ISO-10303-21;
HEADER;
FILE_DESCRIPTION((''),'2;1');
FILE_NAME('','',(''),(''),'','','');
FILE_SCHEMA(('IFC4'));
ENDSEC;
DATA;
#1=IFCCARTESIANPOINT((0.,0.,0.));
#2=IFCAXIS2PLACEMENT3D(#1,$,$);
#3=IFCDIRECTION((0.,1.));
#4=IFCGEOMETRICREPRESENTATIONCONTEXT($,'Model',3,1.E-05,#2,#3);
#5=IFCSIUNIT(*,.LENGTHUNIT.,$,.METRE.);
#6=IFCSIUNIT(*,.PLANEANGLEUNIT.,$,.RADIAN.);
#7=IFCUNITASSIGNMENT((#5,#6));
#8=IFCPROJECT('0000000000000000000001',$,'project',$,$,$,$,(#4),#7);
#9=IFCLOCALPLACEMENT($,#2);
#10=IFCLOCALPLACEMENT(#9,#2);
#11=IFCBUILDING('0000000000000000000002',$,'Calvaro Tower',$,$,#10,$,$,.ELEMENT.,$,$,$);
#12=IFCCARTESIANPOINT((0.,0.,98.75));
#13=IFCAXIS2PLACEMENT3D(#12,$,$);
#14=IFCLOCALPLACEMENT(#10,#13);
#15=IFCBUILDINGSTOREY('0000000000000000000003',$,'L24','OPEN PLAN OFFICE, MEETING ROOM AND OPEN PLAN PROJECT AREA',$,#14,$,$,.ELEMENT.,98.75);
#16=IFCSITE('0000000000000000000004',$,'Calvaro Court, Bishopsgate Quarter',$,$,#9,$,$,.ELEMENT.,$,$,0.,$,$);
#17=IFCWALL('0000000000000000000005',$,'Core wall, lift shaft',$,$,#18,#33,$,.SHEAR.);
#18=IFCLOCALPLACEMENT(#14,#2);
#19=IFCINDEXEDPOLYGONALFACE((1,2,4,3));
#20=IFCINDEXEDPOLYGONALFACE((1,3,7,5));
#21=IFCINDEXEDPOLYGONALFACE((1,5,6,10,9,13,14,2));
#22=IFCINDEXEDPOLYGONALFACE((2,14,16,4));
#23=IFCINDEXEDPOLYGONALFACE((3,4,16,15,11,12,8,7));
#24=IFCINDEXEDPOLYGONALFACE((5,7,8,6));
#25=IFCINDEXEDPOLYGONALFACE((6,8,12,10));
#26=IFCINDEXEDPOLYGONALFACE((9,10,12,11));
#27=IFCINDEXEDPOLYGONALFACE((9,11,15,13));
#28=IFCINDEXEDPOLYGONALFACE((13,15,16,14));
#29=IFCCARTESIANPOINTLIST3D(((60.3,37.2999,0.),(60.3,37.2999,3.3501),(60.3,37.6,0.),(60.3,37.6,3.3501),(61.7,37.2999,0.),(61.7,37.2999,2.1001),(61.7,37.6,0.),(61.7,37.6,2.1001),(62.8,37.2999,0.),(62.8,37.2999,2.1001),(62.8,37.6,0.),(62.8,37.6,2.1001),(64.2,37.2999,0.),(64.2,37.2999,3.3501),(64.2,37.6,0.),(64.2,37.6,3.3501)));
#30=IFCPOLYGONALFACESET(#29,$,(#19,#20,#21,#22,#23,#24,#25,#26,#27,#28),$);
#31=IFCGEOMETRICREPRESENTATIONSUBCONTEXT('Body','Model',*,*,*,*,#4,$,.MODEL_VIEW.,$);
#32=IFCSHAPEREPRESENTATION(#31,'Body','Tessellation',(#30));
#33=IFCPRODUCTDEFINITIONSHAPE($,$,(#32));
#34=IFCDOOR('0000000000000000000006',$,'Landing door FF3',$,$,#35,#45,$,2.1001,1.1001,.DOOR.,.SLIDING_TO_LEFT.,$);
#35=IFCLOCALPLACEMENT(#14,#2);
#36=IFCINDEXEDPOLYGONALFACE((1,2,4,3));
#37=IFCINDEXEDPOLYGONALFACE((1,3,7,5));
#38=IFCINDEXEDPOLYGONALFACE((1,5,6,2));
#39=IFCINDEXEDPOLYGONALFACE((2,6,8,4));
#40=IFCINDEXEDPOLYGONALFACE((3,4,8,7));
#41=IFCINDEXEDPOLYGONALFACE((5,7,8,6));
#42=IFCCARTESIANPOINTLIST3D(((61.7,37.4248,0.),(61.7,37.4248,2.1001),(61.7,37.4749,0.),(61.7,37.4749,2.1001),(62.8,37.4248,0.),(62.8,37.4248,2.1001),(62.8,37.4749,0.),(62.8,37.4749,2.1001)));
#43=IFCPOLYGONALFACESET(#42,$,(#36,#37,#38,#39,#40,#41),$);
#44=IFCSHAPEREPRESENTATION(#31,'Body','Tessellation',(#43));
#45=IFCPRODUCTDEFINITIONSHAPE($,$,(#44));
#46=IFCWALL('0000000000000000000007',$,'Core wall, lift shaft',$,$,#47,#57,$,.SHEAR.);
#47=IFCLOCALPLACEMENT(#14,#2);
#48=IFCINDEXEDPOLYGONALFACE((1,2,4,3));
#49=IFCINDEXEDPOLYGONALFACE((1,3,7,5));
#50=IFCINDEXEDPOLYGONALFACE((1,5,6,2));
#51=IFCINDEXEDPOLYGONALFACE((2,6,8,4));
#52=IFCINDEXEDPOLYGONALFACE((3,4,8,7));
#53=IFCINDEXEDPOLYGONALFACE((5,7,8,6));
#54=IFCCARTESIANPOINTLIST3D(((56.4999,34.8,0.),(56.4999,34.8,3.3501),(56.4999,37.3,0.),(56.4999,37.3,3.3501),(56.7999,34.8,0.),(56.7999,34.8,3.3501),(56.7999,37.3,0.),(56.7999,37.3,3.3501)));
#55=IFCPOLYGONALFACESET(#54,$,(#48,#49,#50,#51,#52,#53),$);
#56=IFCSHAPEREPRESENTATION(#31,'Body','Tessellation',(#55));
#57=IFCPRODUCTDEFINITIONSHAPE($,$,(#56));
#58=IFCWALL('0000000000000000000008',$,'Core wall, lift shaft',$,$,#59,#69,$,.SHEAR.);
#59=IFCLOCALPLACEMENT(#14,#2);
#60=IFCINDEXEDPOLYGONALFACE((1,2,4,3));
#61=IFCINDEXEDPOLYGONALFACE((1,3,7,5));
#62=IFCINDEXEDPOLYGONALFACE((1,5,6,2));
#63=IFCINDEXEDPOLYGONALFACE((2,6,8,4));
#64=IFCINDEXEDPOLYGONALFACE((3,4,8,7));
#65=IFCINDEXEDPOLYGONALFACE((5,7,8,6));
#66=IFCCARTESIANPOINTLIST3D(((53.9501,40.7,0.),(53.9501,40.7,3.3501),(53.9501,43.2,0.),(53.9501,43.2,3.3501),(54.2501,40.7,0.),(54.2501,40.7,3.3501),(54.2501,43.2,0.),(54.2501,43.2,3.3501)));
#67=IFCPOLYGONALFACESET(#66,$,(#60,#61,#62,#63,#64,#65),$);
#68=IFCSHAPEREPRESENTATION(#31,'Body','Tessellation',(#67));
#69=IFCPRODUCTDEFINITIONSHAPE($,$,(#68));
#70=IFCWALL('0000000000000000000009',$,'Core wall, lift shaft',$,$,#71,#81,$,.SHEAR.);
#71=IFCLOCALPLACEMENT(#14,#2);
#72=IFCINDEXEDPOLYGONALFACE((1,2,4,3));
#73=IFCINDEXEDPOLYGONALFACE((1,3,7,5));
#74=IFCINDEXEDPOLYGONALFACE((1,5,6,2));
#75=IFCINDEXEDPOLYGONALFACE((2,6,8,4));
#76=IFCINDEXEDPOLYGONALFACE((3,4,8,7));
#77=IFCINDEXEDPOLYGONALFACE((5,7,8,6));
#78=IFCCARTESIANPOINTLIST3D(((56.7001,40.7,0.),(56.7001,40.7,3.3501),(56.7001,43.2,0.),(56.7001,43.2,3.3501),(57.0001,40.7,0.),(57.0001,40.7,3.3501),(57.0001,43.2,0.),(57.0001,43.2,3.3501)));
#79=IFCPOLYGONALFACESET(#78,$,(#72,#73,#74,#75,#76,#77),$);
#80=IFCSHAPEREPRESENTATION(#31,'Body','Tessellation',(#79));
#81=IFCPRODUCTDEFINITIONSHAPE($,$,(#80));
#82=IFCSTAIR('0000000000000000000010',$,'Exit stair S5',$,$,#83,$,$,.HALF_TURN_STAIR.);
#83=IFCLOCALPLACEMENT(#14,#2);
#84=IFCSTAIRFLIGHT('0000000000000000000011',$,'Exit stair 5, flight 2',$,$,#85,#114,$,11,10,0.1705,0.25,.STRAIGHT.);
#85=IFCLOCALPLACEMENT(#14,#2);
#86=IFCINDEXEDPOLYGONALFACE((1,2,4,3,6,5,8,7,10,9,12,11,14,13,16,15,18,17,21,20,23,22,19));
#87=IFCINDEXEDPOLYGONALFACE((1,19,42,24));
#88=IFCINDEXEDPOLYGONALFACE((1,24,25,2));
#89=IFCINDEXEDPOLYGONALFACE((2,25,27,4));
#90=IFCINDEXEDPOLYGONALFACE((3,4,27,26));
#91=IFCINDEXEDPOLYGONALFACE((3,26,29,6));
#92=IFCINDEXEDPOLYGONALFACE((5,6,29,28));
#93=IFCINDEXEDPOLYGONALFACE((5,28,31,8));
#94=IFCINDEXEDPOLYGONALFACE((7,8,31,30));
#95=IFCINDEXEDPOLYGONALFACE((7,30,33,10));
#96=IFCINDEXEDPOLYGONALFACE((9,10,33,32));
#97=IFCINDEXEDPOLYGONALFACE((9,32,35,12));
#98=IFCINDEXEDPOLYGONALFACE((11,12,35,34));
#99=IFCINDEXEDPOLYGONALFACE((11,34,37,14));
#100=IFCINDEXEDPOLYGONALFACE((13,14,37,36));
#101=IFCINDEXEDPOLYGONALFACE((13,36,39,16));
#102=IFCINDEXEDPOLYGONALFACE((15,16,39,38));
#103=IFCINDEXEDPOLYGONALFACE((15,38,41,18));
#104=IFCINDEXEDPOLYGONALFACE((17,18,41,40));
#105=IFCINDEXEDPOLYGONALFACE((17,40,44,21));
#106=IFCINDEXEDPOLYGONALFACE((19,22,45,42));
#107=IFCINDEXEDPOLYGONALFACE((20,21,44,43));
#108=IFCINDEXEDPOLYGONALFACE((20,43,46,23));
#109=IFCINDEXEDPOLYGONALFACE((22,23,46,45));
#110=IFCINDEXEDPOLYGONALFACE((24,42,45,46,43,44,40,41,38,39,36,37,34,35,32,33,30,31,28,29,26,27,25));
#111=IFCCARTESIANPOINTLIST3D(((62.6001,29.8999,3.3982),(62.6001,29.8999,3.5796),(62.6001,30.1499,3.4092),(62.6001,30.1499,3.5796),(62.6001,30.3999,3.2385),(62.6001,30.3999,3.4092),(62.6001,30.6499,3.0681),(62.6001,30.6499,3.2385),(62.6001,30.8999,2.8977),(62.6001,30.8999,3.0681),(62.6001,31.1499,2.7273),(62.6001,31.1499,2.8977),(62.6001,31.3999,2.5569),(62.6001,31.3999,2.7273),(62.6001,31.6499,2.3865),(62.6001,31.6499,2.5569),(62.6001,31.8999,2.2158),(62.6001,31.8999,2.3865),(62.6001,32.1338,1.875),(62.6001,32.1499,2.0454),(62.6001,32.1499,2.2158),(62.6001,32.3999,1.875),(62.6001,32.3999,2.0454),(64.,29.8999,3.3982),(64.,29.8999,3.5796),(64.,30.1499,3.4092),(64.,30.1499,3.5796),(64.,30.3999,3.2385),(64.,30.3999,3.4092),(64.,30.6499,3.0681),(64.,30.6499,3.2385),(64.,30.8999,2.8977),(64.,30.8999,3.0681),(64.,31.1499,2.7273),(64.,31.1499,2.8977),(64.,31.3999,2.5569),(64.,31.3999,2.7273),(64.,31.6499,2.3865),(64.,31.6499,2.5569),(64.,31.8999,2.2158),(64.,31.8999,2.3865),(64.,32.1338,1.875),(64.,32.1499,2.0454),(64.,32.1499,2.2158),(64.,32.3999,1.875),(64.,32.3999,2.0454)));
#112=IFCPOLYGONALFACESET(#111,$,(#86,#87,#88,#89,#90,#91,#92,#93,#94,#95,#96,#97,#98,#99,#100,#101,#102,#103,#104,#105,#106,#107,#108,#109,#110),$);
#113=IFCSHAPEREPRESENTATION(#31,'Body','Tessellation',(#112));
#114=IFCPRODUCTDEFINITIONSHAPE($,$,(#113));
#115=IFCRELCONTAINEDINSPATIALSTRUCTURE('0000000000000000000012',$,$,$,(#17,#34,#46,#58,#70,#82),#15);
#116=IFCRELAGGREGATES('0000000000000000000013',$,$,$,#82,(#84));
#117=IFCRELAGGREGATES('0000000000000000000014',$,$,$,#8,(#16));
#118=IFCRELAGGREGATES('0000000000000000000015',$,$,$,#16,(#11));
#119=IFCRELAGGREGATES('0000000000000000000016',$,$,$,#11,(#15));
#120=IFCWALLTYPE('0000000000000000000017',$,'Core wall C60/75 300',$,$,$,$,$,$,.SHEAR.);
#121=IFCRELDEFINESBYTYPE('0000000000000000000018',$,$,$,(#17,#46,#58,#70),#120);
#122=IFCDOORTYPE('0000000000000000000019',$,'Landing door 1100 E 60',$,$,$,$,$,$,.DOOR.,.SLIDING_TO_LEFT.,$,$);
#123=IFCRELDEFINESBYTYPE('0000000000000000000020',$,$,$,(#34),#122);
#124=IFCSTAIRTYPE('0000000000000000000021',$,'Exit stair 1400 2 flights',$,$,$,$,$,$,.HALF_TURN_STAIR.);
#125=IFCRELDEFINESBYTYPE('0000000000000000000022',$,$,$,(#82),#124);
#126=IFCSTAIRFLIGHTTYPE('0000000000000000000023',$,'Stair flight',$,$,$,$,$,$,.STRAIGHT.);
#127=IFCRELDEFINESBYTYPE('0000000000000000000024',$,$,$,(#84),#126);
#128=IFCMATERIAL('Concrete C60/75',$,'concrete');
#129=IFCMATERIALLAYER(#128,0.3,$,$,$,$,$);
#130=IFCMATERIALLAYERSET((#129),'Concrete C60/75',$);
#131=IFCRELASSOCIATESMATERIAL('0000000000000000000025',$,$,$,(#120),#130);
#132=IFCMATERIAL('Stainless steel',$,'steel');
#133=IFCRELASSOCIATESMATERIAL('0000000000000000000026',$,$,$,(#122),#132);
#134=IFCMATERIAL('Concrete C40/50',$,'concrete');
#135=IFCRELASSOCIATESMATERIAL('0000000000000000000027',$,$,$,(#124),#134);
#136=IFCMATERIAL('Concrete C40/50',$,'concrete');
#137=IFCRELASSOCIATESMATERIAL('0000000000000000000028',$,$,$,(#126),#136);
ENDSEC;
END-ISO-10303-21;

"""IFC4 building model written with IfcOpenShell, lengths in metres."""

from ifc_helpers import new_model, si_unit, direction, frame, frame_2d, origin, place, context, subcontext, project, spatial, polyline, rectangle, outline, extrude, material, layer, layer_set, type_object, element, fill, aggregate, save


model = new_model("IFC4")

# Units and contexts
model_context = context("Model", 3, precision=1e-05, world=origin(), true_north=direction((0.0, 1.0)))
body_context = subcontext(model_context, "Body", "Model", "MODEL_VIEW")
ifc_project = project(units=[si_unit("LENGTHUNIT", "METRE"), si_unit("PLANEANGLEUNIT", "RADIAN")], contexts=[model_context])

# Site, building, storey
site_placement = place(None, origin())
site = spatial("IfcSite", under=ifc_project, at=site_placement, Name="Calvaro Court, Bishopsgate Quarter", CompositionType="ELEMENT", RefElevation=0.0)
building_placement = place(site_placement, origin())
building = spatial("IfcBuilding", under=site, at=building_placement, Name="Calvaro Tower", CompositionType="ELEMENT")
storey_placement = place(building_placement, frame((0.0, 0.0, 98.75)))
storey = spatial("IfcBuildingStorey", under=building, at=storey_placement, Name="L24", Description="OPEN PLAN OFFICE, MEETING ROOM AND OPEN PLAN PROJECT AREA", CompositionType="ELEMENT", Elevation=98.75)

# Shared definitions
ifc_material_1 = material(Name="Concrete C60/75", Category="concrete")
ifc_layer_1 = layer(ifc_material_1, 0.3)
ifc_layer_set_1 = layer_set([ifc_layer_1], Name="Concrete C60/75")
wall_type_1 = type_object("IfcWallType", Name="Core wall C60/75 300", PredefinedType="SHEAR", material=ifc_layer_set_1)

# Wall, opening, door
wall_1_placement = place(storey_placement, frame((60.3, 37.45, 0.0), z_axis=(0.0, 0.0, 1.0), x_axis=(1.0, 0.0, 0.0)))
wall_1 = element("IfcWall", 1, at=wall_1_placement, inside=storey, type_object=wall_type_1, Name="Core wall, lift shaft", PredefinedType="SHEAR", context=body_context, shape_type="SweptSolid", body=[
    extrude(rectangle(XDim=3.8999, YDim=0.3, at=frame_2d((1.95, 0.0))), origin(), (0.0, 0.0, 1.0), 3.3501),
])
opening_1_placement = place(wall_1_placement, frame((1.3999, 0.0, 0.0)))
opening_1 = element("IfcOpeningElement", 2, at=opening_1_placement, cuts=wall_1, PredefinedType="OPENING", context=body_context, shape_type="SweptSolid", body=[
    extrude(rectangle(XDim=1.1001, YDim=2.1001, at=frame_2d((0.55, 1.05))), frame((0.0, 0.1599, 0.0), z_axis=(0.0, -1.0, 0.0), x_axis=(1.0, 0.0, 0.0)), (0.0, 0.0, 1.0), 0.3201),
])
ifc_material_2 = material(Name="Stainless steel", Category="steel")
door_type_1 = type_object("IfcDoorType", Name="Landing door 1100 E 60", OperationType="SLIDING_TO_LEFT", PredefinedType="DOOR", material=ifc_material_2)
door_1_placement = place(opening_1_placement, origin())
door_1 = element("IfcDoor", 3, at=door_1_placement, inside=storey, type_object=door_type_1, Name="Landing door FF3", OperationType="SLIDING_TO_LEFT", OverallHeight=2.1001, OverallWidth=1.1001, PredefinedType="DOOR", context=body_context, shape_type="SweptSolid", body=[
    extrude(rectangle(XDim=1.1001, YDim=2.1001, at=frame_2d((0.55, 1.05))), frame((0.0, 0.0249, 0.0), z_axis=(0.0, -1.0, 0.0), x_axis=(1.0, 0.0, 0.0)), (0.0, 0.0, 1.0), 0.05),
])
fill(opening_1, door_1)

# Walls
for number, where, z_axis, x_axis, name in (
    (4, (56.6499, 34.8, 0.0), (0.0, 0.0, 1.0), (0.0, 1.0, 0.0), "Core wall, lift shaft"),
    (5, (54.1001, 40.7, 0.0), (0.0, 0.0, 1.0), (0.0, 1.0, 0.0), "Core wall, lift shaft"),
    (6, (56.8501, 40.7, 0.0), (0.0, 0.0, 1.0), (0.0, 1.0, 0.0), "Core wall, lift shaft"),
):
    element("IfcWall", number, at=place(storey_placement, frame(where, z_axis=z_axis, x_axis=x_axis)), inside=storey, type_object=wall_type_1, Name=name, PredefinedType="SHEAR", context=body_context, shape_type="SweptSolid", body=[
        extrude(rectangle(XDim=2.5, YDim=0.3, at=frame_2d((1.25, 0.0))), origin(), (0.0, 0.0, 1.0), 3.3501),
    ])

# Stair, stair flight
ifc_material_3 = material(Name="Concrete C40/50", Category="concrete")
stair_type = type_object("IfcStairType", Name="Exit stair 1400 2 flights", PredefinedType="HALF_TURN_STAIR", material=ifc_material_3)
stair_1_placement = place(storey_placement, origin())
stair_1 = element("IfcStair", 7, at=stair_1_placement, inside=storey, type_object=stair_type, Name="Exit stair S5", PredefinedType="HALF_TURN_STAIR")
ifc_material_4 = material(Name="Concrete C40/50", Category="concrete")
stair_flight_type = type_object("IfcStairFlightType", Name="Stair flight", PredefinedType="STRAIGHT", material=ifc_material_4)
stair_flight_placement = place(storey_placement, frame((63.3, 32.3999, 1.875), z_axis=(0.0, 0.0, 1.0), x_axis=(0.0, -1.0, 0.0)))
stair_flight = element("IfcStairFlight", 8, at=stair_flight_placement, type_object=stair_flight_type, Name="Exit stair 5, flight 2", NumberOfRisers=11, NumberOfTreads=10, PredefinedType="STRAIGHT", RiserHeight=0.1705, TreadLength=0.25, context=body_context, shape_type="SweptSolid", body=[
    extrude(outline(polyline([(0.0, 0.0), (0.0, 0.1704), (0.25, 0.1704), (0.25, 0.3408), (0.5, 0.3408), (0.5, 0.5115), (0.75, 0.5115), (0.75, 0.6819), (1.0, 0.6819), (1.0, 0.8523), (1.25, 0.8523), (1.25, 1.0227), (1.5, 1.0227), (1.5, 1.1931), (1.75, 1.1931), (1.75, 1.3635), (2.0, 1.3635), (2.0, 1.5342), (2.25, 1.5342), (2.25, 1.7046), (2.5, 1.7046), (2.5, 1.875), (2.5, 1.5232), (0.2661, 0.0), (0.0, 0.0)])), frame((0.0, 0.7, 0.0), z_axis=(0.0, -1.0, 0.0), x_axis=(1.0, 0.0, 0.0)), (0.0, 0.0, 1.0), 1.3999),
])

aggregate(stair_1, [stair_flight])

save(model, "model.ifc")
